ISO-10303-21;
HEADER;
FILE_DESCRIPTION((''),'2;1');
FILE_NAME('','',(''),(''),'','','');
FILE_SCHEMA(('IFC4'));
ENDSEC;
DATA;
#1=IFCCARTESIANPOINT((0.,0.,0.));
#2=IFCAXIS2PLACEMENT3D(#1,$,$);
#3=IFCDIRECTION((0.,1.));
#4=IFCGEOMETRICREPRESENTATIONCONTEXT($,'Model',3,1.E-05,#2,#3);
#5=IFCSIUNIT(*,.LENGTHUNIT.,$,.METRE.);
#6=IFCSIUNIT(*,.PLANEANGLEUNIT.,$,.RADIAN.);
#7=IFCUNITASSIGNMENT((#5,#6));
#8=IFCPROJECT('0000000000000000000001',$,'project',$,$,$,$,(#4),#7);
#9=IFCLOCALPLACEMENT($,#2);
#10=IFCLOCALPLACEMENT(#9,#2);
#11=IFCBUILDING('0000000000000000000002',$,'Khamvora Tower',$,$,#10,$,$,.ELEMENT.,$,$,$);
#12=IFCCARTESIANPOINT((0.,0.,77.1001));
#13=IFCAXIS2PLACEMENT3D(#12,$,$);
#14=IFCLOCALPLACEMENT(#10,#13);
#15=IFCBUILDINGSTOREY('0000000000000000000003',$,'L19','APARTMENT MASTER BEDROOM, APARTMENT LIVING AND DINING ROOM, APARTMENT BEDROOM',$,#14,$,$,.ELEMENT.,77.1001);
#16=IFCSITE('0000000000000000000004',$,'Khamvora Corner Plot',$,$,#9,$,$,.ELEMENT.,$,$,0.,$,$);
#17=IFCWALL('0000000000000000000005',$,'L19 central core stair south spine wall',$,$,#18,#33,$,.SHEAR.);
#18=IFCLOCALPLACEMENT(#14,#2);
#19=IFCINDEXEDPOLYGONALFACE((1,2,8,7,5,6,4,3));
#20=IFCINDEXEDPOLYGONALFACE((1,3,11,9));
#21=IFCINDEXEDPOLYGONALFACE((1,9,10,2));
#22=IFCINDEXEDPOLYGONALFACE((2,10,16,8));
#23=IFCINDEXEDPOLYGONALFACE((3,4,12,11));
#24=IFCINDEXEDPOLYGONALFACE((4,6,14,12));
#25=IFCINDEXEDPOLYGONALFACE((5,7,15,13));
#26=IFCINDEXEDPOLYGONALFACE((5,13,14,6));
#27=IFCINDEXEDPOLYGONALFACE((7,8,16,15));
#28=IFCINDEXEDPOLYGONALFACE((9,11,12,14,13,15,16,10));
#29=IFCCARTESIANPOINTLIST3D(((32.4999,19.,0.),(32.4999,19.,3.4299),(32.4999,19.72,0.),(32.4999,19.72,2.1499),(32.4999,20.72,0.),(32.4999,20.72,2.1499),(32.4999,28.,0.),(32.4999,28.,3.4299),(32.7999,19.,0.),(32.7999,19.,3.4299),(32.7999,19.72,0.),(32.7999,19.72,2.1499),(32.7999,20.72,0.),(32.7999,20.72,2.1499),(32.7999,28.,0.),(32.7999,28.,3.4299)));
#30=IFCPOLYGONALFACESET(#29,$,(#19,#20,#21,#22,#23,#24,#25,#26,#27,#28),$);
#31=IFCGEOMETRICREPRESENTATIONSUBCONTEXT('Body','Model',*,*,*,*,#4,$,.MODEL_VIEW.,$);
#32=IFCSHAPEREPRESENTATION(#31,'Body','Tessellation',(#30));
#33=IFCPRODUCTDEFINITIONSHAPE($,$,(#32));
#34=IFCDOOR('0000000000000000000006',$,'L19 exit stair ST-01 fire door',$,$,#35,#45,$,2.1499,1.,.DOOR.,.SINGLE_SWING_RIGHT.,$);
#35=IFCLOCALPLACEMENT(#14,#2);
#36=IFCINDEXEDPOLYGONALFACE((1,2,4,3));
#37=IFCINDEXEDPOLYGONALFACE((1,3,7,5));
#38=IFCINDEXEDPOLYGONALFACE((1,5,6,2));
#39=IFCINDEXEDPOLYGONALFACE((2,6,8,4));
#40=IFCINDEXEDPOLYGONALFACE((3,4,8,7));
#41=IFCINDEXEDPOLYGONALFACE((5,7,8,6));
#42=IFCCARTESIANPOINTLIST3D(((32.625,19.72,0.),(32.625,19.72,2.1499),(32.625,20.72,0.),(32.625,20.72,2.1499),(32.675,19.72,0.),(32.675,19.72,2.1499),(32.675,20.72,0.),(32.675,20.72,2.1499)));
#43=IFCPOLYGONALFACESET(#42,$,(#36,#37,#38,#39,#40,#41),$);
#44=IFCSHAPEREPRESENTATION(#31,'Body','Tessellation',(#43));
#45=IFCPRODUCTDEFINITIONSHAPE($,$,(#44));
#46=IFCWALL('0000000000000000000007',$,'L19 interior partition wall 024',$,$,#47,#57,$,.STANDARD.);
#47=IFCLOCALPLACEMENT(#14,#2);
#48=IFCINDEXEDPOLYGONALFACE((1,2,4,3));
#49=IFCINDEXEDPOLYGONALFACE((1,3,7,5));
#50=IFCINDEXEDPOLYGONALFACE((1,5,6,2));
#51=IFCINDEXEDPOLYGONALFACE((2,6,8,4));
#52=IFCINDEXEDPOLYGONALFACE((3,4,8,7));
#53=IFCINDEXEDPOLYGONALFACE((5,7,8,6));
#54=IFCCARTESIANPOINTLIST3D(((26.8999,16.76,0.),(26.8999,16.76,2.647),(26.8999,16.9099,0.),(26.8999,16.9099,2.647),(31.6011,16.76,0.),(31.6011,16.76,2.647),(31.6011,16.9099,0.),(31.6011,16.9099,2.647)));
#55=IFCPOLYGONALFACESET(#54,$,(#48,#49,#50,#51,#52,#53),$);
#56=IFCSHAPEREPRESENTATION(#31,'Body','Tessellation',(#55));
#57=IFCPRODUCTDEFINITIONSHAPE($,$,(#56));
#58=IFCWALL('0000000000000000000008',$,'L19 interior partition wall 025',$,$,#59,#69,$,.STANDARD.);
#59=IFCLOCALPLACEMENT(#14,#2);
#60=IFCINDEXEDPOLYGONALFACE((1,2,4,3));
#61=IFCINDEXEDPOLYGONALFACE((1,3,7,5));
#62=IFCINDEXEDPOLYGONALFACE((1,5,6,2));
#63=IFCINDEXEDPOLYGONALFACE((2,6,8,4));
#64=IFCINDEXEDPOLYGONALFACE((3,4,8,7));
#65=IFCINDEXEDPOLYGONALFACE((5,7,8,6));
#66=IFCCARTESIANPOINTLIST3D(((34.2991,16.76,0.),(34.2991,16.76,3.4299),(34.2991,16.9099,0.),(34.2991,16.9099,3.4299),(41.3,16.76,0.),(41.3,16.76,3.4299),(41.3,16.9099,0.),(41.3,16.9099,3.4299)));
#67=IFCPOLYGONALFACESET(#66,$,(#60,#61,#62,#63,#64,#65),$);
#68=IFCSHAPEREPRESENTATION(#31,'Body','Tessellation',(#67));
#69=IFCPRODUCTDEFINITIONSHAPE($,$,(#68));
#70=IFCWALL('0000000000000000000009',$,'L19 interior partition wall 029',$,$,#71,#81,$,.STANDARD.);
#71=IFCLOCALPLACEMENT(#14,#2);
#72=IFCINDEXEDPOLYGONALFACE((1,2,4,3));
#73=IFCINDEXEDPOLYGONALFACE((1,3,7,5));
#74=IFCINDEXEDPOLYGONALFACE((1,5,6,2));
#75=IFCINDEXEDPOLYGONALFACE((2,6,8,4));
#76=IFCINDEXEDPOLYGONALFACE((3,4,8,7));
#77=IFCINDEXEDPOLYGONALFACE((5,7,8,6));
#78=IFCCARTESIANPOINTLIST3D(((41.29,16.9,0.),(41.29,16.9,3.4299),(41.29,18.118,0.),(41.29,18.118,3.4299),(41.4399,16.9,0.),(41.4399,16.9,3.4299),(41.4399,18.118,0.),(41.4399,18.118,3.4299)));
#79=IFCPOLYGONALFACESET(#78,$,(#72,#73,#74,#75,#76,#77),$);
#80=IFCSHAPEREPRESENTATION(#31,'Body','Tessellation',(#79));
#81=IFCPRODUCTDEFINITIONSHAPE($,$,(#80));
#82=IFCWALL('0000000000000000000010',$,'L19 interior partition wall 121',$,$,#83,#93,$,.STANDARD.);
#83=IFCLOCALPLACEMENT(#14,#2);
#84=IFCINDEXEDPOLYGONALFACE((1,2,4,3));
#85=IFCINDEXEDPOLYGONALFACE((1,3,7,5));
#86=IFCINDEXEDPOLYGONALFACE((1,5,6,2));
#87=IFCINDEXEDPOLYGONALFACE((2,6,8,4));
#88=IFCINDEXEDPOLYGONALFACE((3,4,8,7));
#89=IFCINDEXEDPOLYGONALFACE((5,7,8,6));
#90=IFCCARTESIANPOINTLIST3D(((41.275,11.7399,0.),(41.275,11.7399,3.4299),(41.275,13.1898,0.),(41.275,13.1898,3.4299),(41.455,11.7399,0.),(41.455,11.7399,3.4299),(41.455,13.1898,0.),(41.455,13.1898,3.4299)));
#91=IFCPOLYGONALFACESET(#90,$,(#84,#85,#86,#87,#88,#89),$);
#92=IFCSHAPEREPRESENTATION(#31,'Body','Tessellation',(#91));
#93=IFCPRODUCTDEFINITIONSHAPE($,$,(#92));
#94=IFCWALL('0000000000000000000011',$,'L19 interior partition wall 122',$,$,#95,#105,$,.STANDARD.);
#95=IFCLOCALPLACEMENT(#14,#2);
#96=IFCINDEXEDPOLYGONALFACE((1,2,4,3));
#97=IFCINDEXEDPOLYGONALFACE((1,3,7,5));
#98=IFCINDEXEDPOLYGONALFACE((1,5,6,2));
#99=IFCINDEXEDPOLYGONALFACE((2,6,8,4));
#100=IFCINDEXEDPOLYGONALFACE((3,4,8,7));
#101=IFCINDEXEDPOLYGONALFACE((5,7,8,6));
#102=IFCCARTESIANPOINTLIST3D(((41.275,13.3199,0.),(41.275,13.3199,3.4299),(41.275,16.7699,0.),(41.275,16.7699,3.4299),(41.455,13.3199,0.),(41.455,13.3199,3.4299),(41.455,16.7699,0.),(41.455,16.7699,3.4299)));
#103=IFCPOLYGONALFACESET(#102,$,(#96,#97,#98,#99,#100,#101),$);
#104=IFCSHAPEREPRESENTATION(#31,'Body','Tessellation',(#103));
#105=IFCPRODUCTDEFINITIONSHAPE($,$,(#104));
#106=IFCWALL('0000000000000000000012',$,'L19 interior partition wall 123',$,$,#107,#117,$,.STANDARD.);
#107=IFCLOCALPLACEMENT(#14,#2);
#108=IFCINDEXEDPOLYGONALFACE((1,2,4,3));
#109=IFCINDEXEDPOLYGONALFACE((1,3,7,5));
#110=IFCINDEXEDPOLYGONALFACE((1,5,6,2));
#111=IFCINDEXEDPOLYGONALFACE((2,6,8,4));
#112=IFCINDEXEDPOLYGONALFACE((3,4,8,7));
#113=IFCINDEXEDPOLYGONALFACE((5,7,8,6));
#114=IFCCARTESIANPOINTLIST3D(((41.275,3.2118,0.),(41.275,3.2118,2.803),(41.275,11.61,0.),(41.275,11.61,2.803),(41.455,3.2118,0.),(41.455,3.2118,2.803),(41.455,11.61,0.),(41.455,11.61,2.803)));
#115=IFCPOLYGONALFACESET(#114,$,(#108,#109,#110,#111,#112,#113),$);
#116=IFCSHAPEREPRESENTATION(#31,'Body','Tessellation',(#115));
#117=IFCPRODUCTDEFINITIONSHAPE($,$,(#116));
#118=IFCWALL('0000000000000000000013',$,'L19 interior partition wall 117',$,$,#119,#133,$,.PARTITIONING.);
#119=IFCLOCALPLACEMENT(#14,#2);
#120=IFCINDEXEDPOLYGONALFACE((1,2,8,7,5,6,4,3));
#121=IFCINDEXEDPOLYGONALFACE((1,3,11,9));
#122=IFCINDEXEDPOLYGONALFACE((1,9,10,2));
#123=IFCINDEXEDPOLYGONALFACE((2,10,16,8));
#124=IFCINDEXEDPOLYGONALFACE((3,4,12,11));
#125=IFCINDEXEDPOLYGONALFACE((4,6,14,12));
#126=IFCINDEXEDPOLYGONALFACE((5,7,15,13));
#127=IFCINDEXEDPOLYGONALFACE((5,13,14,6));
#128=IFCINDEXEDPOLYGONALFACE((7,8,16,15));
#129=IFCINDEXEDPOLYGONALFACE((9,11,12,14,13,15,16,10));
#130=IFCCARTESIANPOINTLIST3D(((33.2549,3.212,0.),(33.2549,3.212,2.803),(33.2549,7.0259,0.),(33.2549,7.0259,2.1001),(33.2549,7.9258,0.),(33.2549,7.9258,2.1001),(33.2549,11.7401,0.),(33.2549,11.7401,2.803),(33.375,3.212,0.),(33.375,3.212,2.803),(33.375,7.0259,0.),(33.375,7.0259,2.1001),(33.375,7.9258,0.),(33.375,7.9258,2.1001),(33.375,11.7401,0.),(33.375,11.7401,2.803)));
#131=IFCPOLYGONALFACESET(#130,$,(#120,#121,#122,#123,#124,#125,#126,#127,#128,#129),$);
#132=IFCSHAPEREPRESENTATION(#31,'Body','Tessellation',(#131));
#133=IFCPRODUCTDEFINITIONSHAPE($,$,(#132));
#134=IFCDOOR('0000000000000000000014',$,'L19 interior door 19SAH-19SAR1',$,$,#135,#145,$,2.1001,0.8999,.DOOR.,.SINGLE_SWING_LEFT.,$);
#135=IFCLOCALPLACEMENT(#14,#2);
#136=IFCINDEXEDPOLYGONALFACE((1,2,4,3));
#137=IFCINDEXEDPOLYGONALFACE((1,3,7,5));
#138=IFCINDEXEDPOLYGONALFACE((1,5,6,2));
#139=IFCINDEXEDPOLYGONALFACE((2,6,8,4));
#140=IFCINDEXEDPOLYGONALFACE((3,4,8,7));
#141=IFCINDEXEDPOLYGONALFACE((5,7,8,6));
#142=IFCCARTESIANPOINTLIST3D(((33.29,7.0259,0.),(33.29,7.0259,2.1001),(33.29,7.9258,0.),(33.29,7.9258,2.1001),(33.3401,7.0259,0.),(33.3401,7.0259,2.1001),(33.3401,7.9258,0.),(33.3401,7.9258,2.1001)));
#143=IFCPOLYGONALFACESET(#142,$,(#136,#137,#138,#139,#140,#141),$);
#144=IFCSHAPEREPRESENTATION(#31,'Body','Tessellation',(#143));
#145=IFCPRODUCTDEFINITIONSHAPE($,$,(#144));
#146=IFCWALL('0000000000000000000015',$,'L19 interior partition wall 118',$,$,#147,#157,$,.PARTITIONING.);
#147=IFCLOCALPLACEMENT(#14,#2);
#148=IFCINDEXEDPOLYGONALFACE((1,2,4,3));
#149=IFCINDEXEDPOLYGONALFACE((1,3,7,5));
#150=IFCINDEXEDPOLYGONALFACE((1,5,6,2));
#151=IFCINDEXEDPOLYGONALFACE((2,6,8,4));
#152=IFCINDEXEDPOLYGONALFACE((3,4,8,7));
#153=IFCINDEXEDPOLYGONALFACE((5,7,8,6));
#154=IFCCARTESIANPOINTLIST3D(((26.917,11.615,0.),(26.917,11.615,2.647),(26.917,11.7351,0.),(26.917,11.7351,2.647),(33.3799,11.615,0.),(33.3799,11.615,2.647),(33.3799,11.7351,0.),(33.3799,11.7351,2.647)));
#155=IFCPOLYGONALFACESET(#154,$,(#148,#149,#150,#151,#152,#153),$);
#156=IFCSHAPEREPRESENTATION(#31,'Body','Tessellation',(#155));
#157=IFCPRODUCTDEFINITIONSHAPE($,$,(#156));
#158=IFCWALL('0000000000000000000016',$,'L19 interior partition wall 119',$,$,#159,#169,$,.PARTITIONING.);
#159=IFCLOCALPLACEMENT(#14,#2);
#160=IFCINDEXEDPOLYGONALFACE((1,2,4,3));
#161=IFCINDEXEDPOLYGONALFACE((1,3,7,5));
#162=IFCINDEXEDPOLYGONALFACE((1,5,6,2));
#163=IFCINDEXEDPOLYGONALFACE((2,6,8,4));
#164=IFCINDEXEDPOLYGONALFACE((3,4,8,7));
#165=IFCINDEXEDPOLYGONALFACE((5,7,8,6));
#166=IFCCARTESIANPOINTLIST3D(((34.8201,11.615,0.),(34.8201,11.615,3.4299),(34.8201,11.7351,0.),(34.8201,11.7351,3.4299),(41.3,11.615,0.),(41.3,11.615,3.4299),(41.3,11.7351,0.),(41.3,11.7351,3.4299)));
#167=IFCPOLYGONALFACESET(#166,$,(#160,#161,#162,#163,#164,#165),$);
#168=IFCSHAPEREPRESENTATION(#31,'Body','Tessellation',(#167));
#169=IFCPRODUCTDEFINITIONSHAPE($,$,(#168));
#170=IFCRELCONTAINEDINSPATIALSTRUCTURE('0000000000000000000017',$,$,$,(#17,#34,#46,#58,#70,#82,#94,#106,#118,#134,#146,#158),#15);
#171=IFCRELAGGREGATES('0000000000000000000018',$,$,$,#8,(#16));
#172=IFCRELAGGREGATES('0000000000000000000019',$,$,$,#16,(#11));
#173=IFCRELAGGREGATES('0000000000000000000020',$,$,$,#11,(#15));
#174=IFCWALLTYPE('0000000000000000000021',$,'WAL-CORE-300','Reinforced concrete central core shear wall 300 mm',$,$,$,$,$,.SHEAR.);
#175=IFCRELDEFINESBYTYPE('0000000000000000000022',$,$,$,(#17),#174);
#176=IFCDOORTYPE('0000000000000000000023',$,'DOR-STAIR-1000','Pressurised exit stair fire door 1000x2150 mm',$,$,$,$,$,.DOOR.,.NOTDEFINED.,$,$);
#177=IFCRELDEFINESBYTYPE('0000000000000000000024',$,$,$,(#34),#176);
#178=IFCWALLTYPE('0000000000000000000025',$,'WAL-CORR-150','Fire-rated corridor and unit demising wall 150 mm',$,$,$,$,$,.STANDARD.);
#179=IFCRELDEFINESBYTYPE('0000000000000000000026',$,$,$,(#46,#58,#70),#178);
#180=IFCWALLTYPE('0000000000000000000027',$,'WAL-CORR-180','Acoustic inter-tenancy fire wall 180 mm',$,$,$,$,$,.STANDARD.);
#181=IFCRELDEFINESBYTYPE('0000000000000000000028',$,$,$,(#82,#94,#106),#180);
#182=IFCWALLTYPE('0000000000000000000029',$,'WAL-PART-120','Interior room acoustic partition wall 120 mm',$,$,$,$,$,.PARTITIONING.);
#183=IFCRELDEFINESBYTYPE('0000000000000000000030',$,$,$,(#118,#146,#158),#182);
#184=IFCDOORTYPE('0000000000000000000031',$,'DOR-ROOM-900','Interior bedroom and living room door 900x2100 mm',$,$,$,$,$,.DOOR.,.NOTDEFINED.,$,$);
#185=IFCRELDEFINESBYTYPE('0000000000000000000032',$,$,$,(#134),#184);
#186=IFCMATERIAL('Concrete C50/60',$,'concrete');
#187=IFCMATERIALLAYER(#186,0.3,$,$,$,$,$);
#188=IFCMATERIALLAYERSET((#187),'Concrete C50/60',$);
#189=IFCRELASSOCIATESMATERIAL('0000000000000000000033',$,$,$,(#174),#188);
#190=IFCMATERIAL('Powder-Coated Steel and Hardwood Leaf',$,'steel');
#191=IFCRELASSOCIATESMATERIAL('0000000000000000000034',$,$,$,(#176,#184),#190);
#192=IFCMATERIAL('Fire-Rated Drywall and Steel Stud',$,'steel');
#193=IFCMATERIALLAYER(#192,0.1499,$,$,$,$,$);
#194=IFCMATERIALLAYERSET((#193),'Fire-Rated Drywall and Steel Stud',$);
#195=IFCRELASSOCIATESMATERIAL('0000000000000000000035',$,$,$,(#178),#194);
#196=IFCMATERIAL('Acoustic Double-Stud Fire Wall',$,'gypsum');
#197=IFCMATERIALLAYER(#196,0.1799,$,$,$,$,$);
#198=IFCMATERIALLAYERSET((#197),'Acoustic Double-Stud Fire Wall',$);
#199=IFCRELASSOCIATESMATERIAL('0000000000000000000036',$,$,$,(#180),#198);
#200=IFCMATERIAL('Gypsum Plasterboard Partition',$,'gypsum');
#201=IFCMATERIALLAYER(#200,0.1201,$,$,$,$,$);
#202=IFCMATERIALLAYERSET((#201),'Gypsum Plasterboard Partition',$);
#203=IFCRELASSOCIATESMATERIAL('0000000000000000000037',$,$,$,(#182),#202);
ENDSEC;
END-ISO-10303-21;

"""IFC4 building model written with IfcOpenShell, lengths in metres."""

from ifc_helpers import new_model, si_unit, direction, frame, frame_2d, origin, place, context, subcontext, project, spatial, rectangle, extrude, material, layer, layer_set, type_object, element, fill, save


model = new_model("IFC4")

# Units and contexts
model_context = context("Model", 3, precision=1e-05, world=origin(), true_north=direction((0.0, 1.0)))
body_context = subcontext(model_context, "Body", "Model", "MODEL_VIEW")
ifc_project = project(units=[si_unit("LENGTHUNIT", "METRE"), si_unit("PLANEANGLEUNIT", "RADIAN")], contexts=[model_context])

# Site, building, storey
site_placement = place(None, origin())
site = spatial("IfcSite", under=ifc_project, at=site_placement, Name="Khamvora Corner Plot", CompositionType="ELEMENT", RefElevation=0.0)
building_placement = place(site_placement, origin())
building = spatial("IfcBuilding", under=site, at=building_placement, Name="Khamvora Tower", CompositionType="ELEMENT")
storey_placement = place(building_placement, frame((0.0, 0.0, 77.1001)))
storey = spatial("IfcBuildingStorey", under=building, at=storey_placement, Name="L19", Description="APARTMENT MASTER BEDROOM, APARTMENT LIVING AND DINING ROOM, APARTMENT BEDROOM", CompositionType="ELEMENT", Elevation=77.1001)

# Shared definitions
ifc_material_1 = material(Name="Concrete C50/60", Category="concrete")
ifc_layer_1 = layer(ifc_material_1, 0.3)
ifc_layer_set_1 = layer_set([ifc_layer_1], Name="Concrete C50/60")
wall_type_1 = type_object("IfcWallType", Name="WAL-CORE-300", Description="Reinforced concrete central core shear wall 300 mm", PredefinedType="SHEAR", material=ifc_layer_set_1)

# Wall, opening, door
ifc_material_2 = material(Name="Powder-Coated Steel and Hardwood Leaf", Category="steel")
wall_1_placement = place(storey_placement, frame((32.6499, 19.0, 0.0), z_axis=(0.0, 0.0, 1.0), x_axis=(0.0, 1.0, 0.0)))
wall_1 = element("IfcWall", 1, at=wall_1_placement, inside=storey, type_object=wall_type_1, Name="L19 central core stair south spine wall", PredefinedType="SHEAR", context=body_context, shape_type="SweptSolid", body=[
    extrude(rectangle(XDim=9.0, YDim=0.3, at=frame_2d((4.5, 0.0))), origin(), (0.0, 0.0, 1.0), 3.4299),
])
opening_1_placement = place(wall_1_placement, frame((0.72, 0.0, 0.0)))
opening_1 = element("IfcOpeningElement", 2, at=opening_1_placement, cuts=wall_1, PredefinedType="OPENING", context=body_context, shape_type="SweptSolid", body=[
    extrude(rectangle(XDim=1.0, YDim=2.1499, at=frame_2d((0.5, 1.075))), frame((0.0, 0.1599, 0.0), z_axis=(0.0, -1.0, 0.0), x_axis=(1.0, 0.0, 0.0)), (0.0, 0.0, 1.0), 0.3201),
])
door_type_1 = type_object("IfcDoorType", Name="DOR-STAIR-1000", Description="Pressurised exit stair fire door 1000x2150 mm", OperationType="NOTDEFINED", PredefinedType="DOOR", material=ifc_material_2)
door_1_placement = place(opening_1_placement, origin())
door_1 = element("IfcDoor", 3, at=door_1_placement, inside=storey, type_object=door_type_1, Name="L19 exit stair ST-01 fire door", OperationType="SINGLE_SWING_RIGHT", OverallHeight=2.1499, OverallWidth=1.0, PredefinedType="DOOR", context=body_context, shape_type="SweptSolid", body=[
    extrude(rectangle(XDim=1.0, YDim=2.1499, at=frame_2d((0.5, 1.075))), frame((0.0, 0.0249, 0.0), z_axis=(0.0, -1.0, 0.0), x_axis=(1.0, 0.0, 0.0)), (0.0, 0.0, 1.0), 0.05),
])
fill(opening_1, door_1)
ifc_material_3 = material(Name="Fire-Rated Drywall and Steel Stud", Category="steel")
ifc_layer_2 = layer(ifc_material_3, 0.1499)
ifc_layer_set_2 = layer_set([ifc_layer_2], Name="Fire-Rated Drywall and Steel Stud")
wall_type_2 = type_object("IfcWallType", Name="WAL-CORR-150", Description="Fire-rated corridor and unit demising wall 150 mm", PredefinedType="STANDARD", material=ifc_layer_set_2)

# Walls
wall_2_placement = place(storey_placement, frame((31.6011, 16.835, 0.0), z_axis=(0.0, 0.0, 1.0), x_axis=(-1.0, 0.0, 0.0)))
element("IfcWall", 4, at=wall_2_placement, inside=storey, type_object=wall_type_2, Name="L19 interior partition wall 024", PredefinedType="STANDARD", context=body_context, shape_type="SweptSolid", body=[
    extrude(rectangle(XDim=4.7012, YDim=0.1499, at=frame_2d((2.3506, 0.0))), origin(), (0.0, 0.0, 1.0), 2.647),
])
wall_3_placement = place(storey_placement, frame((41.3, 16.835, 0.0), z_axis=(0.0, 0.0, 1.0), x_axis=(-1.0, 0.0, 0.0)))
element("IfcWall", 5, at=wall_3_placement, inside=storey, type_object=wall_type_2, Name="L19 interior partition wall 025", PredefinedType="STANDARD", context=body_context, shape_type="SweptSolid", body=[
    extrude(rectangle(XDim=7.001, YDim=0.1499, at=frame_2d((3.5005, 0.0))), origin(), (0.0, 0.0, 1.0), 3.4299),
])
wall_4_placement = place(storey_placement, frame((41.365, 18.1179, 0.0), z_axis=(0.0, 0.0, 1.0), x_axis=(0.0, -1.0, 0.0)))
element("IfcWall", 6, at=wall_4_placement, inside=storey, type_object=wall_type_2, Name="L19 interior partition wall 029", PredefinedType="STANDARD", context=body_context, shape_type="SweptSolid", body=[
    extrude(rectangle(XDim=1.218, YDim=0.1499, at=frame_2d((0.6089, 0.0))), origin(), (0.0, 0.0, 1.0), 3.4299),
])
ifc_material_4 = material(Name="Acoustic Double-Stud Fire Wall", Category="gypsum")
ifc_layer_3 = layer(ifc_material_4, 0.1799)
ifc_layer_set_3 = layer_set([ifc_layer_3], Name="Acoustic Double-Stud Fire Wall")
wall_type_3 = type_object("IfcWallType", Name="WAL-CORR-180", Description="Acoustic inter-tenancy fire wall 180 mm", PredefinedType="STANDARD", material=ifc_layer_set_3)
wall_5_placement = place(storey_placement, frame((41.365, 13.1899, 0.0), z_axis=(0.0, 0.0, 1.0), x_axis=(0.0, -1.0, 0.0)))
element("IfcWall", 7, at=wall_5_placement, inside=storey, type_object=wall_type_3, Name="L19 interior partition wall 121", PredefinedType="STANDARD", context=body_context, shape_type="SweptSolid", body=[
    extrude(rectangle(XDim=1.45, YDim=0.1799, at=frame_2d((0.7251, 0.0))), origin(), (0.0, 0.0, 1.0), 3.4299),
])
wall_6_placement = place(storey_placement, frame((41.365, 16.77, 0.0), z_axis=(0.0, 0.0, 1.0), x_axis=(0.0, -1.0, 0.0)))
element("IfcWall", 8, at=wall_6_placement, inside=storey, type_object=wall_type_3, Name="L19 interior partition wall 122", PredefinedType="STANDARD", context=body_context, shape_type="SweptSolid", body=[
    extrude(rectangle(XDim=3.45, YDim=0.1799, at=frame_2d((1.7251, 0.0))), origin(), (0.0, 0.0, 1.0), 3.4299),
])
wall_7_placement = place(storey_placement, frame((41.365, 11.6101, 0.0), z_axis=(0.0, 0.0, 1.0), x_axis=(0.0, -1.0, 0.0)))
element("IfcWall", 9, at=wall_7_placement, inside=storey, type_object=wall_type_3, Name="L19 interior partition wall 123", PredefinedType="STANDARD", context=body_context, shape_type="SweptSolid", body=[
    extrude(rectangle(XDim=8.3982, YDim=0.1799, at=frame_2d((4.1992, 0.0))), origin(), (0.0, 0.0, 1.0), 2.803),
])

# Wall, opening, door
ifc_material_5 = material(Name="Gypsum Plasterboard Partition", Category="gypsum")
ifc_layer_4 = layer(ifc_material_5, 0.1201)
ifc_layer_set_4 = layer_set([ifc_layer_4], Name="Gypsum Plasterboard Partition")
wall_type_4 = type_object("IfcWallType", Name="WAL-PART-120", Description="Interior room acoustic partition wall 120 mm", PredefinedType="PARTITIONING", material=ifc_layer_set_4)
wall_8_placement = place(storey_placement, frame((33.3149, 3.2119, 0.0), z_axis=(0.0, 0.0, 1.0), x_axis=(0.0, 1.0, 0.0)))
wall_8 = element("IfcWall", 10, at=wall_8_placement, inside=storey, type_object=wall_type_4, Name="L19 interior partition wall 117", PredefinedType="PARTITIONING", context=body_context, shape_type="SweptSolid", body=[
    extrude(rectangle(XDim=8.5281, YDim=0.1201, at=frame_2d((4.2642, 0.0))), origin(), (0.0, 0.0, 1.0), 2.803),
])
opening_2_placement = place(wall_8_placement, frame((3.814, 0.0, 0.0)))
opening_2 = element("IfcOpeningElement", 11, at=opening_2_placement, cuts=wall_8, PredefinedType="OPENING", context=body_context, shape_type="SweptSolid", body=[
    extrude(rectangle(XDim=0.8999, YDim=2.1001, at=frame_2d((0.45, 1.05))), frame((0.0, 0.0701, 0.0), z_axis=(0.0, -1.0, 0.0), x_axis=(1.0, 0.0, 0.0)), (0.0, 0.0, 1.0), 0.1401),
])
door_type_2 = type_object("IfcDoorType", Name="DOR-ROOM-900", Description="Interior bedroom and living room door 900x2100 mm", OperationType="NOTDEFINED", PredefinedType="DOOR", material=ifc_material_2)
door_2_placement = place(opening_2_placement, origin())
door_2 = element("IfcDoor", 12, at=door_2_placement, inside=storey, type_object=door_type_2, Name="L19 interior door 19SAH-19SAR1", OperationType="SINGLE_SWING_LEFT", OverallHeight=2.1001, OverallWidth=0.8999, PredefinedType="DOOR", context=body_context, shape_type="SweptSolid", body=[
    extrude(rectangle(XDim=0.8999, YDim=2.1001, at=frame_2d((0.45, 1.05))), frame((0.0, 0.0249, 0.0), z_axis=(0.0, -1.0, 0.0), x_axis=(1.0, 0.0, 0.0)), (0.0, 0.0, 1.0), 0.05),
])
fill(opening_2, door_2)

# Walls
wall_9_placement = place(storey_placement, frame((33.3799, 11.675, 0.0), z_axis=(0.0, 0.0, 1.0), x_axis=(-1.0, 0.0, 0.0)))
element("IfcWall", 13, at=wall_9_placement, inside=storey, type_object=wall_type_4, Name="L19 interior partition wall 118", PredefinedType="PARTITIONING", context=body_context, shape_type="SweptSolid", body=[
    extrude(rectangle(XDim=6.4629, YDim=0.1201, at=frame_2d((3.2314, 0.0))), origin(), (0.0, 0.0, 1.0), 2.647),
])
wall_10_placement = place(storey_placement, frame((41.3, 11.675, 0.0), z_axis=(0.0, 0.0, 1.0), x_axis=(-1.0, 0.0, 0.0)))
element("IfcWall", 14, at=wall_10_placement, inside=storey, type_object=wall_type_4, Name="L19 interior partition wall 119", PredefinedType="PARTITIONING", context=body_context, shape_type="SweptSolid", body=[
    extrude(rectangle(XDim=6.48, YDim=0.1201, at=frame_2d((3.24, 0.0))), origin(), (0.0, 0.0, 1.0), 3.4299),
])

save(model, "model.ifc")
